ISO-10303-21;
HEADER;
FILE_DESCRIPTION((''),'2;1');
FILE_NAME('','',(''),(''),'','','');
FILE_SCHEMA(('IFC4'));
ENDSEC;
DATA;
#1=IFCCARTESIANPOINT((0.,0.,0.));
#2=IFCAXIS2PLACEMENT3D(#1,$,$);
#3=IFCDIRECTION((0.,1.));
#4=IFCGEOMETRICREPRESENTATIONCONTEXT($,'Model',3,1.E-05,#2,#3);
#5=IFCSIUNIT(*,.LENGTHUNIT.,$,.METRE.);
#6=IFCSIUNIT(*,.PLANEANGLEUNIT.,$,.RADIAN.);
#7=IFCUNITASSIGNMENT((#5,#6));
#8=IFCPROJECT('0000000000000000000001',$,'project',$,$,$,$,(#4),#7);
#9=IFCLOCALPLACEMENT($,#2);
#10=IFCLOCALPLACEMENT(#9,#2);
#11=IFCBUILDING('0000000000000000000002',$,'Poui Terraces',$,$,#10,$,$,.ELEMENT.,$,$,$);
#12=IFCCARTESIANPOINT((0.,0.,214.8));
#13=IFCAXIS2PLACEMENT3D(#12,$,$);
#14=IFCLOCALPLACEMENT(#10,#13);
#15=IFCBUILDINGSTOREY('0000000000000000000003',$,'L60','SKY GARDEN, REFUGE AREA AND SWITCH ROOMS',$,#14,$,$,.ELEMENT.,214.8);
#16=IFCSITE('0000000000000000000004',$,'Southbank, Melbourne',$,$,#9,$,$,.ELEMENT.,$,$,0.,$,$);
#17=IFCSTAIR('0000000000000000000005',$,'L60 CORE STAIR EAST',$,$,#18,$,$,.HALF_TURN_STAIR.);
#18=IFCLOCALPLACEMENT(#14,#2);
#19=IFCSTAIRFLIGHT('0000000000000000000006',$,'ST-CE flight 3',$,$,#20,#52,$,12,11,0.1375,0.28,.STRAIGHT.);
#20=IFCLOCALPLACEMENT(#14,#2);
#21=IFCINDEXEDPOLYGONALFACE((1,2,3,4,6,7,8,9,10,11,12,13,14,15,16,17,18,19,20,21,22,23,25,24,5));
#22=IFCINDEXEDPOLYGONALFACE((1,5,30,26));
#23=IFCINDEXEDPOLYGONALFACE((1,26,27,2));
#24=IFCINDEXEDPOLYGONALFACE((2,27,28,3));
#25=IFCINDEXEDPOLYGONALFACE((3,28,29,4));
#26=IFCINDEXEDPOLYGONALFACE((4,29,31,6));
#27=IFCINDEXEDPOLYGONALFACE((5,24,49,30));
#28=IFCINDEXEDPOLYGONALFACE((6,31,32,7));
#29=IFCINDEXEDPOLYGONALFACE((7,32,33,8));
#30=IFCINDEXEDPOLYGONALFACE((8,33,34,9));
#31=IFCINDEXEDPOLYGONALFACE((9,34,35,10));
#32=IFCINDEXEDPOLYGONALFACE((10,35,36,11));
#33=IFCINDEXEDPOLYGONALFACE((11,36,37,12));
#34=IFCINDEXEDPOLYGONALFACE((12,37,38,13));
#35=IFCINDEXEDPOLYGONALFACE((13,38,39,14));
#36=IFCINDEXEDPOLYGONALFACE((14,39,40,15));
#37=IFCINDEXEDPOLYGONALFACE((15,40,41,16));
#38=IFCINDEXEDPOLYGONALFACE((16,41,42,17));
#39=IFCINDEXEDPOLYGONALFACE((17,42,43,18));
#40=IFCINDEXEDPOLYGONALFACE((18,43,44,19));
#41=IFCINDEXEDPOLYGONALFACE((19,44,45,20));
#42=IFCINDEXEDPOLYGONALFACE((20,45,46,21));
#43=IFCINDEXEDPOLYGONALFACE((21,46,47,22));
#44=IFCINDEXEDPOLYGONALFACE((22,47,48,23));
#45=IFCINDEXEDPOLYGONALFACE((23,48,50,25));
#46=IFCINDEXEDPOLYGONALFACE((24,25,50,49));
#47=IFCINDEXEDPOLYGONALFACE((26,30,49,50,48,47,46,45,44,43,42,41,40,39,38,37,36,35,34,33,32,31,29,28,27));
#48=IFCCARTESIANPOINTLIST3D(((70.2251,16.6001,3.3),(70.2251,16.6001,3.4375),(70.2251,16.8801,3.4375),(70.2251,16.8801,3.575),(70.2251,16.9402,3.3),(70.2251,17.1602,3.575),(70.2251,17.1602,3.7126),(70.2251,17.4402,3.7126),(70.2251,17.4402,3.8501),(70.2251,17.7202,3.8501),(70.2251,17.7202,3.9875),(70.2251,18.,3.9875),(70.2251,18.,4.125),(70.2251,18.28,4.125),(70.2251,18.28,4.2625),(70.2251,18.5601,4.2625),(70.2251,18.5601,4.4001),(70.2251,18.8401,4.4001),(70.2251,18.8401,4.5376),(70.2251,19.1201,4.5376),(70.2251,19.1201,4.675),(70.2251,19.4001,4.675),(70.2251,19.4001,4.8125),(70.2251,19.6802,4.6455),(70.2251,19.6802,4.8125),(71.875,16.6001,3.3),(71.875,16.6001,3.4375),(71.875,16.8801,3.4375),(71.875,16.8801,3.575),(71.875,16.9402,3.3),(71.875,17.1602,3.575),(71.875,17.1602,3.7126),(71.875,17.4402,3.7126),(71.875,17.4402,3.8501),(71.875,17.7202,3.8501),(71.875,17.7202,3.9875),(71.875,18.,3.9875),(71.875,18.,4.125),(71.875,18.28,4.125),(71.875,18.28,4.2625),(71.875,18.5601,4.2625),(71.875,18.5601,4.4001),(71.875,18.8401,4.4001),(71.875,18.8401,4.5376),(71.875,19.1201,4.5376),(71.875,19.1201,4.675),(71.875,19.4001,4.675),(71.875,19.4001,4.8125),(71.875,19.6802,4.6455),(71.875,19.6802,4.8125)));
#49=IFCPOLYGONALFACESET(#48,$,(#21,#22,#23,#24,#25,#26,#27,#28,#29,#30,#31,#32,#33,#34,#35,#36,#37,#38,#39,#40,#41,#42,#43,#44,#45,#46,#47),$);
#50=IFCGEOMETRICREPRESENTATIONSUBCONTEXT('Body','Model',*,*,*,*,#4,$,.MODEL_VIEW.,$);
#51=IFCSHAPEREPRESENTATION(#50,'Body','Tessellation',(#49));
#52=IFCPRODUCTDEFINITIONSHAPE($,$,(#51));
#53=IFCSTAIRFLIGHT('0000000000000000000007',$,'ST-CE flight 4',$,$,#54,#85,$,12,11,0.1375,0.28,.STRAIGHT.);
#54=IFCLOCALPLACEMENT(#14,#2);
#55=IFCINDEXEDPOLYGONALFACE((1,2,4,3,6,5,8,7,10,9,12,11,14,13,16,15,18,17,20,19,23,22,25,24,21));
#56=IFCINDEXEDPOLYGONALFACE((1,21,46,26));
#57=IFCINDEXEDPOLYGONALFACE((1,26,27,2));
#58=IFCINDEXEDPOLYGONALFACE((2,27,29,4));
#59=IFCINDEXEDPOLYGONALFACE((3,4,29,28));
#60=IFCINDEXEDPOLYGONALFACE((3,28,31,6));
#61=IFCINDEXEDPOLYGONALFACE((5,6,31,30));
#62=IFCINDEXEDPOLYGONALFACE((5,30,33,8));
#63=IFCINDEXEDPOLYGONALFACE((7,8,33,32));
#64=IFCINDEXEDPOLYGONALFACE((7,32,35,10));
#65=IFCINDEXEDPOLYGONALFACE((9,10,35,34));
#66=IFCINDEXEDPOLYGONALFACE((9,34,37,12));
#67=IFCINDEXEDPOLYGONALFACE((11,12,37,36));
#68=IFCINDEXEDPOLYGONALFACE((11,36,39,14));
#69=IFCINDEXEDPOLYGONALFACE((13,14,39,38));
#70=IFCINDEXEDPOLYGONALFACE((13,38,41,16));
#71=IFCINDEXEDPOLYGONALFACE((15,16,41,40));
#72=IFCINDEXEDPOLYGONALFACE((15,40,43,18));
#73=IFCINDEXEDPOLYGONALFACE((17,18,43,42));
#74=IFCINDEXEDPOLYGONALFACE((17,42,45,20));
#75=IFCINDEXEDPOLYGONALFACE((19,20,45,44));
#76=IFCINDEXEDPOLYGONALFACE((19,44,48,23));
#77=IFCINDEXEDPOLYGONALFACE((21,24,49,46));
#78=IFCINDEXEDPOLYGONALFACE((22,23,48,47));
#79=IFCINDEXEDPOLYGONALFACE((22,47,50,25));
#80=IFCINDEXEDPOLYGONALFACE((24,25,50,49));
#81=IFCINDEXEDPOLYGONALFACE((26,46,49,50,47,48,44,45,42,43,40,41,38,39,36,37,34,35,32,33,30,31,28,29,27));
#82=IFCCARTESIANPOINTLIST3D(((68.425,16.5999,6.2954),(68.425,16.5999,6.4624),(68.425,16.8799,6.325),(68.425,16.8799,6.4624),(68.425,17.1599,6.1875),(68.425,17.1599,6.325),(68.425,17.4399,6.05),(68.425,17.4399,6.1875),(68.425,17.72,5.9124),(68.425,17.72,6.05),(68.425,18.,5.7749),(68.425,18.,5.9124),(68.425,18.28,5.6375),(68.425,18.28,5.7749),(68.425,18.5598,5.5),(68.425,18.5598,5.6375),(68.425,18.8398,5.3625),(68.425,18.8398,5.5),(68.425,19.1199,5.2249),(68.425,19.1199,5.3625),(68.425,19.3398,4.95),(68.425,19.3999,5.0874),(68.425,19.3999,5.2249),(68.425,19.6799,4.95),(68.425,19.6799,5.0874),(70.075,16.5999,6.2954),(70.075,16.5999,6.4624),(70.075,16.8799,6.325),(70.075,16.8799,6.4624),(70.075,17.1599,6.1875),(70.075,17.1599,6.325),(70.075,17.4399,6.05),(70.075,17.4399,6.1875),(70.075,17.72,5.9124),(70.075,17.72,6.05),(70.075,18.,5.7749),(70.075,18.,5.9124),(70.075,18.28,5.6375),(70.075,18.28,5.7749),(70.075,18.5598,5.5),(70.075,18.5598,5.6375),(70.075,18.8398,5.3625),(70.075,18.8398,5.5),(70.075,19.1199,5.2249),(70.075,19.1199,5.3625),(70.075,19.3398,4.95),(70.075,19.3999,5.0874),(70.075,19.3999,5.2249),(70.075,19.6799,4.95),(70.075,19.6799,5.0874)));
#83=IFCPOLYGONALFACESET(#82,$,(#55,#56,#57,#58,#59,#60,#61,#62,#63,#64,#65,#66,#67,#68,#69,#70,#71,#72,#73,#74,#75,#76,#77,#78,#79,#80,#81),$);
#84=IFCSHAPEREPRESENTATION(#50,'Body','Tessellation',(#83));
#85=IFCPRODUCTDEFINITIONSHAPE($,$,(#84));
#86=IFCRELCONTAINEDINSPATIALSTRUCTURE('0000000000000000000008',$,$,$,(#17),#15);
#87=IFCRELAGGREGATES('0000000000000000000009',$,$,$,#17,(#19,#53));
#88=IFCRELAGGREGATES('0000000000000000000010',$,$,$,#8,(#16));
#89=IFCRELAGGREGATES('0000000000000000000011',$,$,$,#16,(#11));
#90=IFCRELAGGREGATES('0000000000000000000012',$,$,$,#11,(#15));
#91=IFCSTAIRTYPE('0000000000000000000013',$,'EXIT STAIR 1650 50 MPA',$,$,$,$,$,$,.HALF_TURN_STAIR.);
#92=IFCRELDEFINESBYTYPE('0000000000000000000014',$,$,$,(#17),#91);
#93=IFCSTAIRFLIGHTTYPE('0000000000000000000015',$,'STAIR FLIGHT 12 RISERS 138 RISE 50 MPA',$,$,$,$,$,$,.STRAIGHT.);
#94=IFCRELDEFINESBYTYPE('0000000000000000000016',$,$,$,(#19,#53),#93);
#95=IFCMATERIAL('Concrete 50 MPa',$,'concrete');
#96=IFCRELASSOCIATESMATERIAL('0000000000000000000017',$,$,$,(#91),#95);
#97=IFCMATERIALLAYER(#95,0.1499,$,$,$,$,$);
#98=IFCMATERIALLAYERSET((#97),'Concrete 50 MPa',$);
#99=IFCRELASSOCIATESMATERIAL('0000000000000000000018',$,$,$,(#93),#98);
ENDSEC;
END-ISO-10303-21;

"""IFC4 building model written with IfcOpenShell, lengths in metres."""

from ifc_helpers import new_model, si_unit, direction, frame, origin, place, context, subcontext, project, spatial, polyline, outline, extrude, material, layer, layer_set, type_object, element, aggregate, save


model = new_model("IFC4")

# Units and contexts
model_context = context("Model", 3, precision=1e-05, world=origin(), true_north=direction((0.0, 1.0)))
body_context = subcontext(model_context, "Body", "Model", "MODEL_VIEW")
ifc_project = project(units=[si_unit("LENGTHUNIT", "METRE"), si_unit("PLANEANGLEUNIT", "RADIAN")], contexts=[model_context])

# Site, building, storey
site_placement = place(None, origin())
site = spatial("IfcSite", under=ifc_project, at=site_placement, Name="Southbank, Melbourne", CompositionType="ELEMENT", RefElevation=0.0)
building_placement = place(site_placement, origin())
building = spatial("IfcBuilding", under=site, at=building_placement, Name="Poui Terraces", CompositionType="ELEMENT")
storey_placement = place(building_placement, frame((0.0, 0.0, 214.8)))
storey = spatial("IfcBuildingStorey", under=building, at=storey_placement, Name="L60", Description="SKY GARDEN, REFUGE AREA AND SWITCH ROOMS", CompositionType="ELEMENT", Elevation=214.8)

# Shared definitions
ifc_material_1 = material(Name="Concrete 50 MPa", Category="concrete")

# Stair, stair flights
stair_type = type_object("IfcStairType", Name="EXIT STAIR 1650 50 MPA", PredefinedType="HALF_TURN_STAIR", material=ifc_material_1)
stair_placement = place(storey_placement, origin())
stair = element("IfcStair", 1, at=stair_placement, inside=storey, type_object=stair_type, Name="L60 CORE STAIR EAST", PredefinedType="HALF_TURN_STAIR")
ifc_layer_1 = layer(ifc_material_1, 0.1499)
ifc_layer_set_1 = layer_set([ifc_layer_1], Name="Concrete 50 MPa")
stair_flight_type = type_object("IfcStairFlightType", Name="STAIR FLIGHT 12 RISERS 138 RISE 50 MPA", PredefinedType="STRAIGHT", material=ifc_layer_set_1)
stair_flight_1_placement = place(storey_placement, frame((71.05, 16.6001, 3.3), z_axis=(0.0, 0.0, 1.0), x_axis=(0.0, 1.0, 0.0)))
stair_flight_1 = element("IfcStairFlight", 2, at=stair_flight_1_placement, type_object=stair_flight_type, Name="ST-CE flight 3", NumberOfRisers=12, NumberOfTreads=11, PredefinedType="STRAIGHT", RiserHeight=0.1375, TreadLength=0.28, context=body_context, shape_type="SweptSolid", body=[
    extrude(outline(polyline([(0.0, 0.0), (0.0, 0.1375), (0.28, 0.1375), (0.28, 0.2749), (0.5601, 0.2749), (0.5601, 0.4126), (0.8401, 0.4126), (0.8401, 0.55), (1.1201, 0.55), (1.1201, 0.6875), (1.3999, 0.6875), (1.3999, 0.825), (1.6799, 0.825), (1.6799, 0.9624), (1.96, 0.9624), (1.96, 1.1001), (2.24, 1.1001), (2.24, 1.2375), (2.52, 1.2375), (2.52, 1.375), (2.8, 1.375), (2.8, 1.5125), (3.0801, 1.5125), (3.0801, 1.6499), (3.0801, 1.3455), (0.3401, 0.0), (0.0, 0.0)])), frame((0.0, 0.825, 0.0), z_axis=(0.0, -1.0, 0.0), x_axis=(1.0, 0.0, 0.0)), (0.0, 0.0, 1.0), 1.6499),
])
stair_flight_2_placement = place(storey_placement, frame((69.25, 19.6799, 4.95), z_axis=(0.0, 0.0, 1.0), x_axis=(0.0, -1.0, 0.0)))
stair_flight_2 = element("IfcStairFlight", 3, at=stair_flight_2_placement, type_object=stair_flight_type, Name="ST-CE flight 4", NumberOfRisers=12, NumberOfTreads=11, PredefinedType="STRAIGHT", RiserHeight=0.1375, TreadLength=0.28, context=body_context, shape_type="SweptSolid", body=[
    extrude(outline(polyline([(0.0, 0.0), (0.0, 0.1375), (0.28, 0.1375), (0.28, 0.2749), (0.5601, 0.2749), (0.5601, 0.4126), (0.8401, 0.4126), (0.8401, 0.55), (1.1201, 0.55), (1.1201, 0.6875), (1.3999, 0.6875), (1.3999, 0.825), (1.6799, 0.825), (1.6799, 0.9624), (1.96, 0.9624), (1.96, 1.1001), (2.24, 1.1001), (2.24, 1.2375), (2.52, 1.2375), (2.52, 1.375), (2.8, 1.375), (2.8, 1.5125), (3.0801, 1.5125), (3.0801, 1.6499), (3.0801, 1.3455), (0.3401, 0.0), (0.0, 0.0)])), frame((0.0, 0.825, 0.0), z_axis=(0.0, -1.0, 0.0), x_axis=(1.0, 0.0, 0.0)), (0.0, 0.0, 1.0), 1.6499),
])
aggregate(stair, [stair_flight_1, stair_flight_2])

save(model, "model.ifc")
